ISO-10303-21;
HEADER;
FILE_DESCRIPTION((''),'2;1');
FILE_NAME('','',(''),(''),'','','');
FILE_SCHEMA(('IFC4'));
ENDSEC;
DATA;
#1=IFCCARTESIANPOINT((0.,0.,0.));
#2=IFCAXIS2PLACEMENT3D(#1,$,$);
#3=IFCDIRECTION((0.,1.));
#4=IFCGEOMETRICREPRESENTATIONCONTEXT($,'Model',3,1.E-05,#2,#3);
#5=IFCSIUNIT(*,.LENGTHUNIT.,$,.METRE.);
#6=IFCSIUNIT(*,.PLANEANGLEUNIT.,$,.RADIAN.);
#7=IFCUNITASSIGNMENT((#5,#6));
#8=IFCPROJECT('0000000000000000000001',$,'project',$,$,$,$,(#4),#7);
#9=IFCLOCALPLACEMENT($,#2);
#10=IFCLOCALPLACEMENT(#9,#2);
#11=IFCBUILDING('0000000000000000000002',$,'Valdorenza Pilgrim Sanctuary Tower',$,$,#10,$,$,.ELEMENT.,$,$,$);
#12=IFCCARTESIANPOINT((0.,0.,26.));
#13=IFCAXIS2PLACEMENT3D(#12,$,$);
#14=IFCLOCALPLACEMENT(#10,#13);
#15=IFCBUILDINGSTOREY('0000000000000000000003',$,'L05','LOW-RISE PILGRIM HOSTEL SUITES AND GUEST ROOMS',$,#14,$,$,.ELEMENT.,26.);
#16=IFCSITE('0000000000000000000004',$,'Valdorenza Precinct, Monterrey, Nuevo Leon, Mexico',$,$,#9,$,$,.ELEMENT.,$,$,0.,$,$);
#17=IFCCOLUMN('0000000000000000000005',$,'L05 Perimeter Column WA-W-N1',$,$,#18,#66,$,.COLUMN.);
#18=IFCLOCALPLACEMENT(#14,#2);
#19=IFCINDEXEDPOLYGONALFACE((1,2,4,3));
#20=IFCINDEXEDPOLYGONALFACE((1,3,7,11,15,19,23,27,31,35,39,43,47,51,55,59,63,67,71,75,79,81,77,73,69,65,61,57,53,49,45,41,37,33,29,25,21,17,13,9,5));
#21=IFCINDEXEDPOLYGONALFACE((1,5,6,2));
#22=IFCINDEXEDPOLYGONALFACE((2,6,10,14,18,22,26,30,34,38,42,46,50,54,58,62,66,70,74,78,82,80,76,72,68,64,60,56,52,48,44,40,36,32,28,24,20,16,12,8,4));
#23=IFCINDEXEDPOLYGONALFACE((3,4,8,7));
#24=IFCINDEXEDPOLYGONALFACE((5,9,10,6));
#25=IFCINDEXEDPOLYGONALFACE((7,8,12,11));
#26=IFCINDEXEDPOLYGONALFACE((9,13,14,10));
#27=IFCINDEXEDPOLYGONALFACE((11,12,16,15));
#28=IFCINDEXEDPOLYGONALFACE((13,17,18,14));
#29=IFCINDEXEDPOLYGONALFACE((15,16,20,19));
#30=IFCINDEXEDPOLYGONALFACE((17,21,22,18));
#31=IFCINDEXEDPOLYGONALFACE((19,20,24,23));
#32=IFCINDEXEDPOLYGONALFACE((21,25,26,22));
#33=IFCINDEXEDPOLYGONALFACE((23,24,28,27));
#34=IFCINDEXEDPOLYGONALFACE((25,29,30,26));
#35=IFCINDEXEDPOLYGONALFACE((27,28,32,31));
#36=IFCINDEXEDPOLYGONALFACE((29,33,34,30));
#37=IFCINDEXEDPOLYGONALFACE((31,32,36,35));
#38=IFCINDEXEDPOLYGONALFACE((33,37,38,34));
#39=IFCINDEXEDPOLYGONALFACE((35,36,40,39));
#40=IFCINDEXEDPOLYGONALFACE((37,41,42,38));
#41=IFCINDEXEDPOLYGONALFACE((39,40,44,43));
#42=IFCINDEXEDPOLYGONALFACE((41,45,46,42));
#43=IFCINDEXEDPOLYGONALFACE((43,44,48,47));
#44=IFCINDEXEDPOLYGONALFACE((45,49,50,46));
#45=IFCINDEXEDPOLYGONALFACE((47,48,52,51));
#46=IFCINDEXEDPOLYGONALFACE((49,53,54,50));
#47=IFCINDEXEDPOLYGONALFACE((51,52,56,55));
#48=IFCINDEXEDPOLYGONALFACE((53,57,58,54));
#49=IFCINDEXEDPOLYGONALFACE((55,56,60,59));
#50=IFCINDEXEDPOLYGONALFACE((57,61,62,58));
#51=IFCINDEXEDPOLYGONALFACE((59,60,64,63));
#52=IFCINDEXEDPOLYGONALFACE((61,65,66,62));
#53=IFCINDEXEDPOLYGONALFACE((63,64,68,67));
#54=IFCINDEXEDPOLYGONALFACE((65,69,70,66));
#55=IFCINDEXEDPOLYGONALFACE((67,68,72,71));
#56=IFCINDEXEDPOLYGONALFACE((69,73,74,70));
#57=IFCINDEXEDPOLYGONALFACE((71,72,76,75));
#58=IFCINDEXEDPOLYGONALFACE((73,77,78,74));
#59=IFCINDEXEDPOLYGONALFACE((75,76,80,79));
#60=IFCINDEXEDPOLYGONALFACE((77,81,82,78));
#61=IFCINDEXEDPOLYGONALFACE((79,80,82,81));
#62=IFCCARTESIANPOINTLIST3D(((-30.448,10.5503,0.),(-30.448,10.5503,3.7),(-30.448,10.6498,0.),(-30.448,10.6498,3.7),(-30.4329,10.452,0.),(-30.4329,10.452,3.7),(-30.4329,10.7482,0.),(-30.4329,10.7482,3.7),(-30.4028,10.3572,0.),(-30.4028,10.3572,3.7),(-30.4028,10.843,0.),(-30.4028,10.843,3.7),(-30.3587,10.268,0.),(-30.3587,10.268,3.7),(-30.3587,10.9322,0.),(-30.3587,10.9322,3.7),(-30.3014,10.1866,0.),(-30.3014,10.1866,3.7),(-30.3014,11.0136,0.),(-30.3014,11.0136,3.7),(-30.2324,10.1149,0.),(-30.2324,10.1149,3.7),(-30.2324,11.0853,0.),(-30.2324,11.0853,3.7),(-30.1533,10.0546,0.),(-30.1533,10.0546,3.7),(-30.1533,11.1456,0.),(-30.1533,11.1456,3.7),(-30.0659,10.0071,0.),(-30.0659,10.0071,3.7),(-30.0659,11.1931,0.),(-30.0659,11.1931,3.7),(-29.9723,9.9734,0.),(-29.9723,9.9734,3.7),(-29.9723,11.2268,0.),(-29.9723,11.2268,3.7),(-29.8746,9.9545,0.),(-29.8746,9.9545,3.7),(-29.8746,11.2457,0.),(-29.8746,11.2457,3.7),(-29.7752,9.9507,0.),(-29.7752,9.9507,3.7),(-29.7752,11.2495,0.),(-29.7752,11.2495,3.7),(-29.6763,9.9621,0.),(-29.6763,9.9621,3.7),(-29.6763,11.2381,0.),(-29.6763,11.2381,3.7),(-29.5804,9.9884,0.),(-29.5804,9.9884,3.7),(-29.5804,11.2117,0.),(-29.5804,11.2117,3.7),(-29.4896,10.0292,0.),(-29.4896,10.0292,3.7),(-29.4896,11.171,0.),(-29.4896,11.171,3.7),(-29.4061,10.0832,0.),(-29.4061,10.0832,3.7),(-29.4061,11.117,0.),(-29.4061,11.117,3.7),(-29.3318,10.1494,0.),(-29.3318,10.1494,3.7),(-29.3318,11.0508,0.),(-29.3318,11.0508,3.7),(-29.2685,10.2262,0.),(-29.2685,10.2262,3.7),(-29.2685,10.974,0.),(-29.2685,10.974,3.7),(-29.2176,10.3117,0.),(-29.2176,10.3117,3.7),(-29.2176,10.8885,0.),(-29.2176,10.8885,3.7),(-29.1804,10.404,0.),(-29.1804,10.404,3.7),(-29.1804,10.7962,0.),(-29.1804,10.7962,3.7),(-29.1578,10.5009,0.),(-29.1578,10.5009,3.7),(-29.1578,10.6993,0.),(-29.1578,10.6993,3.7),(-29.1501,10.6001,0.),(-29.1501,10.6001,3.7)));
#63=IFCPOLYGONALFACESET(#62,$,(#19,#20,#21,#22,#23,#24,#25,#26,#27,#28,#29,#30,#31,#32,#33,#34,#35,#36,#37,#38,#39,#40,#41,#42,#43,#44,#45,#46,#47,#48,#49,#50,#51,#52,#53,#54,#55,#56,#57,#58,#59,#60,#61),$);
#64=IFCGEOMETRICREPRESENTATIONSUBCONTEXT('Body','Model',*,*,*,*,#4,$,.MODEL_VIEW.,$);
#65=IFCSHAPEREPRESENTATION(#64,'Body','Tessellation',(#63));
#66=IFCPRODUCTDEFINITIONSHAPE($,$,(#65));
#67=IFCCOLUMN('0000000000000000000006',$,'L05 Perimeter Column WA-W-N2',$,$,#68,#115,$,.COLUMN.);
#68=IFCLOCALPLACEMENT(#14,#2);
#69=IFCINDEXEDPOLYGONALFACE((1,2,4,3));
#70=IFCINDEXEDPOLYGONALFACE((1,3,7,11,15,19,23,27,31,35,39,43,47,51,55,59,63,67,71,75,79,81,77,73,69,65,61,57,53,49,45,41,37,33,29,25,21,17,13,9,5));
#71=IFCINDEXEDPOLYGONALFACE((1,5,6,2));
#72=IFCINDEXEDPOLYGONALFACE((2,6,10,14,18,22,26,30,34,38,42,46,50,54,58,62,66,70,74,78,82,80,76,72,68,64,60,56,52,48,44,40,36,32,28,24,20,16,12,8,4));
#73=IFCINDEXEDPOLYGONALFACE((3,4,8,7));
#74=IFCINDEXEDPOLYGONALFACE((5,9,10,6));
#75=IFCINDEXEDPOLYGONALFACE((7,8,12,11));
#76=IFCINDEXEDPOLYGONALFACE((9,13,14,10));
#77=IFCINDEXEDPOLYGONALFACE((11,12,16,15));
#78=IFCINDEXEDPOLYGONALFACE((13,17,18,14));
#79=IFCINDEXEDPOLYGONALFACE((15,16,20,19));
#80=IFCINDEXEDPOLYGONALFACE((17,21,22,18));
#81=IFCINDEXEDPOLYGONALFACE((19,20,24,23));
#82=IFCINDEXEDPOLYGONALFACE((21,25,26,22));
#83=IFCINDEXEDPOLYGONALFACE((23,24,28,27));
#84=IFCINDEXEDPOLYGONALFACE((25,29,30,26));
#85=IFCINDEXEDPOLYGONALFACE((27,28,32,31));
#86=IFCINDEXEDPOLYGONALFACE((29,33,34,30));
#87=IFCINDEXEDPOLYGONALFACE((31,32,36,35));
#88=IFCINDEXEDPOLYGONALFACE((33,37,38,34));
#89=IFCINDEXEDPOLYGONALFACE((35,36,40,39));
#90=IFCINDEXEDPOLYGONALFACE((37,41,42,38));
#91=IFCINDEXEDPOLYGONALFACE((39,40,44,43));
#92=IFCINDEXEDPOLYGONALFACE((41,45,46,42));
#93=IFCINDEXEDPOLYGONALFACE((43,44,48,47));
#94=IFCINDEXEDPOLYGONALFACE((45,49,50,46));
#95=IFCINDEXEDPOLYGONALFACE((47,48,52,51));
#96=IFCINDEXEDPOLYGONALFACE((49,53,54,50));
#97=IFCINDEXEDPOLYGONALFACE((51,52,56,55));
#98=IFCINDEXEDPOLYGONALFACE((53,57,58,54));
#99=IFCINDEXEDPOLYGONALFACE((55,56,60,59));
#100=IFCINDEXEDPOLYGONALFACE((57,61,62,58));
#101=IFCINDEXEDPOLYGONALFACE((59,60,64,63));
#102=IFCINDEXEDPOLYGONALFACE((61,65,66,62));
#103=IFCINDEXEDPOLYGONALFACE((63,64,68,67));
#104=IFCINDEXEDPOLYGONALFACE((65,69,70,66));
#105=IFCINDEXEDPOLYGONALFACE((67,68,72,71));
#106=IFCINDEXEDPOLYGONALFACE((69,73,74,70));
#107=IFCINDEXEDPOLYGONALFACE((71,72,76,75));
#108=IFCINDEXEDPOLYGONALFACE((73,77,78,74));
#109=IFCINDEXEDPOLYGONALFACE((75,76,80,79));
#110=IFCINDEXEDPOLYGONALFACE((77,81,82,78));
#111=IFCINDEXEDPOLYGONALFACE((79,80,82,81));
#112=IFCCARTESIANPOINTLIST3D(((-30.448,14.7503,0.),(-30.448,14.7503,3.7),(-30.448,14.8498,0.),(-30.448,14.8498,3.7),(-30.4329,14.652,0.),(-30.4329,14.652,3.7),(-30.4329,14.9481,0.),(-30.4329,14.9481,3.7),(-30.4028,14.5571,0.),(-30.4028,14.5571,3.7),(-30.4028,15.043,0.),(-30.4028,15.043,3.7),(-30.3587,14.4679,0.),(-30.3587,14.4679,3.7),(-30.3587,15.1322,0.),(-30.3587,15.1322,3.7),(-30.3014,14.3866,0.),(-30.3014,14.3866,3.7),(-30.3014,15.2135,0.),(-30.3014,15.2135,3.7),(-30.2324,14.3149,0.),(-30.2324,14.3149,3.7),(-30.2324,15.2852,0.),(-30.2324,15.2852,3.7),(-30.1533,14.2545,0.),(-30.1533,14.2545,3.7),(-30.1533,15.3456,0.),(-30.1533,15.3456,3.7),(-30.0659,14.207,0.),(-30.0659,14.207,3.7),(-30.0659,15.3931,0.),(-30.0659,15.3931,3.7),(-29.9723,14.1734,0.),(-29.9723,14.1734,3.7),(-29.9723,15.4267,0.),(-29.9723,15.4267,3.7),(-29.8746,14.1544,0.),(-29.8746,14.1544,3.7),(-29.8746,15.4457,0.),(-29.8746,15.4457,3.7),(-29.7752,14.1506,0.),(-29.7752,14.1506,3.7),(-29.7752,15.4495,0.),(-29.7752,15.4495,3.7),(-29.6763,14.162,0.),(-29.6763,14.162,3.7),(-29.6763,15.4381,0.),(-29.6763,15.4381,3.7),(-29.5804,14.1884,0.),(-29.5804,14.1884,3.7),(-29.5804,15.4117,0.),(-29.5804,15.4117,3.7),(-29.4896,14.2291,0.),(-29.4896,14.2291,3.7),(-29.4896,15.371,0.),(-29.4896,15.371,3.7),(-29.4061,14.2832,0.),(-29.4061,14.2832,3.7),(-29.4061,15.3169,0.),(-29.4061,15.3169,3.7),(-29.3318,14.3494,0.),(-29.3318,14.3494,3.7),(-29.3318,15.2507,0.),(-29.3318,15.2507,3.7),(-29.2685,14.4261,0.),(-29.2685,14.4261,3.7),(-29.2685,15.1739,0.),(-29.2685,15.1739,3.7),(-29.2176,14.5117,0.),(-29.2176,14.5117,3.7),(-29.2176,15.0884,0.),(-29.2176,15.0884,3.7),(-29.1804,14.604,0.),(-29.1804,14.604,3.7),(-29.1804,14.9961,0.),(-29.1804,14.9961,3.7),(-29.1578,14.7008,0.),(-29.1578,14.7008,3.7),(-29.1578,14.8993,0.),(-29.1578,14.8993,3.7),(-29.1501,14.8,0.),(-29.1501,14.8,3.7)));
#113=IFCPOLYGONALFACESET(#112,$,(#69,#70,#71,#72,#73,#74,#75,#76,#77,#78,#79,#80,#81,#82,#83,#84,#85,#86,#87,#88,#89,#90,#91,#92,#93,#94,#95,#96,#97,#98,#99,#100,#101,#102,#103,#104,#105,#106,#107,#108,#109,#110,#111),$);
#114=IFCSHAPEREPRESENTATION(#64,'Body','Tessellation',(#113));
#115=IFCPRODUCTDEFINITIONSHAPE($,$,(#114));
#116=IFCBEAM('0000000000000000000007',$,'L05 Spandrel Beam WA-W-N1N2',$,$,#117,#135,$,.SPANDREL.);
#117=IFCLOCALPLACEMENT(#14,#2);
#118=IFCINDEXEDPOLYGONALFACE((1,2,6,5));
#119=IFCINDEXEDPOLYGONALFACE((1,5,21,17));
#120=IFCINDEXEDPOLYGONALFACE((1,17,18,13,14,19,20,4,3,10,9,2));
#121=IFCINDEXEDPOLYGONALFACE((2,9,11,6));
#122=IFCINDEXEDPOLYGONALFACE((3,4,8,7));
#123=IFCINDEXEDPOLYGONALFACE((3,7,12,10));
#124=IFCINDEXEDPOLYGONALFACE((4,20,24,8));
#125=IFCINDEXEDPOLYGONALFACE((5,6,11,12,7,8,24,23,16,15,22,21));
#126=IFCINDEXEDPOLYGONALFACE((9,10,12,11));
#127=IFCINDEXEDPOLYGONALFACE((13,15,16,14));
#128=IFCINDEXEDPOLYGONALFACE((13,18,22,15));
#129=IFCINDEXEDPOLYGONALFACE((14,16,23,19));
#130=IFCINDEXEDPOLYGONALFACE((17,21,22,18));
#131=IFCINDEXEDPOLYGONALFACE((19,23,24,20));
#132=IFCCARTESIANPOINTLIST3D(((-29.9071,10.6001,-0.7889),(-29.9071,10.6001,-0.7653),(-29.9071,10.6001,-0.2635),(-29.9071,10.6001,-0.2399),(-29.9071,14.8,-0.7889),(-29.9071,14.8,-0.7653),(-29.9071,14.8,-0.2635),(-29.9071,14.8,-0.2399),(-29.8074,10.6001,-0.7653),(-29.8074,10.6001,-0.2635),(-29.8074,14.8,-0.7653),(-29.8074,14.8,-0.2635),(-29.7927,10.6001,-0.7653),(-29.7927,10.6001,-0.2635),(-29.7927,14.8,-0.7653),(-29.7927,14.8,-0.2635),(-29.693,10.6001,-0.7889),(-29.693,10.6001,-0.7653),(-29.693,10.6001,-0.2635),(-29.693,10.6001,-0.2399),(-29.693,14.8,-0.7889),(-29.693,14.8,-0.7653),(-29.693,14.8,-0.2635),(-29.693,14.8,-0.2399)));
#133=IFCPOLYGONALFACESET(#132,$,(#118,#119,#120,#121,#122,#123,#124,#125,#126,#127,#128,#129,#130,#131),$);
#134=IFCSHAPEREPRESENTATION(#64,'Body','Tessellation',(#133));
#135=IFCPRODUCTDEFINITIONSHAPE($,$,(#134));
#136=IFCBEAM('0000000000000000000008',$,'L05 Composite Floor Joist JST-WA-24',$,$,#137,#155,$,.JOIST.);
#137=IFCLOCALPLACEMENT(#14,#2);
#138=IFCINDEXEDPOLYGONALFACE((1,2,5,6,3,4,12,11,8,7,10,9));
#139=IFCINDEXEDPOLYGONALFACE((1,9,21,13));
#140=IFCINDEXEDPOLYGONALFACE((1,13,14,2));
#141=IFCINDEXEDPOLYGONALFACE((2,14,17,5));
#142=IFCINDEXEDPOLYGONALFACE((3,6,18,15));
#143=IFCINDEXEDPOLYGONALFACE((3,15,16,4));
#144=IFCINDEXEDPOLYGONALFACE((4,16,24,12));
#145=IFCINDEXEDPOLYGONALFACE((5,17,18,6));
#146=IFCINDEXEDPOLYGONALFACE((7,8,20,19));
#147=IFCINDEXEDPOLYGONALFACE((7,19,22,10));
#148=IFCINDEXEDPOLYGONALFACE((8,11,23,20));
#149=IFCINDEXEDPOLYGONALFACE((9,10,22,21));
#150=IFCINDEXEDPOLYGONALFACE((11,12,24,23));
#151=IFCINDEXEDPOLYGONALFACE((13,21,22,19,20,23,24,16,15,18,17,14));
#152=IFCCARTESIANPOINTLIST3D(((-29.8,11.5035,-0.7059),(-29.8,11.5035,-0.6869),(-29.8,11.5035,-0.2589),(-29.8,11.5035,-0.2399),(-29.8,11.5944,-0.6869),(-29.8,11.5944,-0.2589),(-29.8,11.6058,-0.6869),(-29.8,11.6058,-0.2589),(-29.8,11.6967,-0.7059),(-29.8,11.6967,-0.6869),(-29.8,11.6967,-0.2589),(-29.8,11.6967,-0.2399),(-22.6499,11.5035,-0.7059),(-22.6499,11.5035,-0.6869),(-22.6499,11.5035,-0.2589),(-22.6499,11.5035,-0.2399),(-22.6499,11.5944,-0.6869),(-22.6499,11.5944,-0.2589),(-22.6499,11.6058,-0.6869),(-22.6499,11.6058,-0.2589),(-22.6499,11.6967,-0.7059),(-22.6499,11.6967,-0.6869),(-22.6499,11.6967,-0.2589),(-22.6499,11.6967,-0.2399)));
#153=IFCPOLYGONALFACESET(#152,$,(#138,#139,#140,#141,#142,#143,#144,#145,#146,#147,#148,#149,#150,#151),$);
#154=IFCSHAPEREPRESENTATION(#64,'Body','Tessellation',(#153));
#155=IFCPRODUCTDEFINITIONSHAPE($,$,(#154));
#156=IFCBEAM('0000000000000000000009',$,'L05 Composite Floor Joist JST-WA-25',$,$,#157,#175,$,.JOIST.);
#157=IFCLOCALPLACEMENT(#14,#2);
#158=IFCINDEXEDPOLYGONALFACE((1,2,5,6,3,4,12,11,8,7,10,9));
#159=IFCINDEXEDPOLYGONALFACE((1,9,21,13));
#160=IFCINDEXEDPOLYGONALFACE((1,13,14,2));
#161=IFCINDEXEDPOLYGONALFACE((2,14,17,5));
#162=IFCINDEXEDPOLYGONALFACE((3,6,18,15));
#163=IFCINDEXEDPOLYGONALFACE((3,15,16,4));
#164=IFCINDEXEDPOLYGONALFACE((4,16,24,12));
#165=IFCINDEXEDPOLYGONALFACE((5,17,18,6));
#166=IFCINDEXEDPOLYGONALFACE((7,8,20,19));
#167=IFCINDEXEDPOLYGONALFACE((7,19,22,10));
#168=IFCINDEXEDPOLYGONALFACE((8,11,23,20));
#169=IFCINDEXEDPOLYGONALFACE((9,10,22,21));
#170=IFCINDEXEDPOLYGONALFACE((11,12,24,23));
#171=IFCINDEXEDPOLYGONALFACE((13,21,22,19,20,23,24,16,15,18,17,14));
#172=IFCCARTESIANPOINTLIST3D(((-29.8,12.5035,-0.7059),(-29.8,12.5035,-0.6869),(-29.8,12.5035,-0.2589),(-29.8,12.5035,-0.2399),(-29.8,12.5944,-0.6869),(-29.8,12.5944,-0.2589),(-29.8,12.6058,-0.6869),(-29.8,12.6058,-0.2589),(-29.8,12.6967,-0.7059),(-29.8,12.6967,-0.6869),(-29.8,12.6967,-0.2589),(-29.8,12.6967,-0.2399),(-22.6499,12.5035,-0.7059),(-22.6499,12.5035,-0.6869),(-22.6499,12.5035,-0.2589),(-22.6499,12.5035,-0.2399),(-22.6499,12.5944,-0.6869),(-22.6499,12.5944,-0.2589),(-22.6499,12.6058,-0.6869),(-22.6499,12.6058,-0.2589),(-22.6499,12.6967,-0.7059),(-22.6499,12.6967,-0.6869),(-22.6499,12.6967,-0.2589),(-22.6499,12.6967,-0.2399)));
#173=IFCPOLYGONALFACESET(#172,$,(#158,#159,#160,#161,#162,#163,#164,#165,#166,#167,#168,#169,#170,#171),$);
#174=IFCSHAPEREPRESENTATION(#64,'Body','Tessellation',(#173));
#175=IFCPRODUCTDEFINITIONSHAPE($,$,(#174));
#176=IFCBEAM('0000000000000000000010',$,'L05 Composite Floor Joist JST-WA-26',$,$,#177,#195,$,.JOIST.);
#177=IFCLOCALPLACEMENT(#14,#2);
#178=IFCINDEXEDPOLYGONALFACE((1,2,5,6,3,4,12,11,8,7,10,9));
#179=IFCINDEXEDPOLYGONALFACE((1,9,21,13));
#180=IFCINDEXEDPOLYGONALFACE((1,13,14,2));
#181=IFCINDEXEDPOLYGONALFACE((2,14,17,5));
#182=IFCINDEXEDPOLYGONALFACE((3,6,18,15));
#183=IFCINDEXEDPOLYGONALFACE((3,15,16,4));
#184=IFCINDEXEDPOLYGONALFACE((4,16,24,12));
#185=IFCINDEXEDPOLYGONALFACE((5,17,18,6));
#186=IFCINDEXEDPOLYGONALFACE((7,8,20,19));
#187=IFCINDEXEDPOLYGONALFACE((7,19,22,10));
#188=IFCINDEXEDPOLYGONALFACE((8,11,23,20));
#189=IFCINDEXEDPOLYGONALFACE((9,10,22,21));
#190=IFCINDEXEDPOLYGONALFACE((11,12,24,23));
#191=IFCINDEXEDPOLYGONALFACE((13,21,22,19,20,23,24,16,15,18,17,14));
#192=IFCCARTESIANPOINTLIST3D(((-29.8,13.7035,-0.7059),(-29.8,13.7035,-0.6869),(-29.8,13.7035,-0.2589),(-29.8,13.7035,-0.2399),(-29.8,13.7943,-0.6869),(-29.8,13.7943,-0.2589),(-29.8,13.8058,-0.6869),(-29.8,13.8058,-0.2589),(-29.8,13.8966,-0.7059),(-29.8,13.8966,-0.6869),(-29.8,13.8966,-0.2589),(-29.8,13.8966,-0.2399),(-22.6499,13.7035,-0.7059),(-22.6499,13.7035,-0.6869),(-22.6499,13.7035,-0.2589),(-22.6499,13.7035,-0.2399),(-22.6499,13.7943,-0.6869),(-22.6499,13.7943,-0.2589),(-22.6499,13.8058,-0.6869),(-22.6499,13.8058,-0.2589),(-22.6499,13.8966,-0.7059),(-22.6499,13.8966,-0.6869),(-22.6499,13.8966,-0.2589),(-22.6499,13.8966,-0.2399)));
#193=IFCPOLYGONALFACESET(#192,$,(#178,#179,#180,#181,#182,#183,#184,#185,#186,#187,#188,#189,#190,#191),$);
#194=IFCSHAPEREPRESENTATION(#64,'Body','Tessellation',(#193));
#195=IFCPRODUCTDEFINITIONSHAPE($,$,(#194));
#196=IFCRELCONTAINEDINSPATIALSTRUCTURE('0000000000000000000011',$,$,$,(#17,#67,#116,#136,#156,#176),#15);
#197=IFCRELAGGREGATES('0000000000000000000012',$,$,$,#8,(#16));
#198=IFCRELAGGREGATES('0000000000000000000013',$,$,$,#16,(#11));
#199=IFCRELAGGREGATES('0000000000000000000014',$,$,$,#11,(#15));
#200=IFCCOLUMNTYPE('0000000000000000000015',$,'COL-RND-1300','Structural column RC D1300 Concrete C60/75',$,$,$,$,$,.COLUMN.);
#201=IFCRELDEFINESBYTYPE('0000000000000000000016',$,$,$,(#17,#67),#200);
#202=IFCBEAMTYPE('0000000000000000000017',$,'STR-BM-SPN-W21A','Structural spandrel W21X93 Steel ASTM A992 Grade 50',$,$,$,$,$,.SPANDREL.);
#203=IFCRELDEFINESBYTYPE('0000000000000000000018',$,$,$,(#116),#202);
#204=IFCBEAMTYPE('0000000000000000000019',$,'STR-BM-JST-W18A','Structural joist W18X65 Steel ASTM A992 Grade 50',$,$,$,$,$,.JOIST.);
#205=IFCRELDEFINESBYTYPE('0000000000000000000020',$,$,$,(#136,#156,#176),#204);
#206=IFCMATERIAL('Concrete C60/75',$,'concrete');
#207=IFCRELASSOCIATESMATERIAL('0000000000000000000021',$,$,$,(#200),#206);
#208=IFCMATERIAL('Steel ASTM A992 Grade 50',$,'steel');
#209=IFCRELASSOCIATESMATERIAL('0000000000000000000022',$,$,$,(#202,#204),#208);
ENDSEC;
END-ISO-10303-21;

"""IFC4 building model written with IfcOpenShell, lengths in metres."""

from ifc_helpers import new_model, si_unit, direction, frame, origin, origin_2d, place, context, subcontext, project, spatial, circle, i_section, extrude, source, transform, mapped, material, material_profile, profile_set, type_object, element, save


model = new_model("IFC4")

# Units and contexts
model_context = context("Model", 3, precision=1e-05, world=origin(), true_north=direction((0.0, 1.0)))
body_context = subcontext(model_context, "Body", "Model", "MODEL_VIEW")
ifc_project = project(units=[si_unit("LENGTHUNIT", "METRE"), si_unit("PLANEANGLEUNIT", "RADIAN")], contexts=[model_context])

# Site, building, storey
site_placement = place(None, origin())
site = spatial("IfcSite", under=ifc_project, at=site_placement, Name="Valdorenza Precinct, Monterrey, Nuevo Leon, Mexico", CompositionType="ELEMENT", RefElevation=0.0)
building_placement = place(site_placement, origin())
building = spatial("IfcBuilding", under=site, at=building_placement, Name="Valdorenza Pilgrim Sanctuary Tower", CompositionType="ELEMENT")
storey_placement = place(building_placement, frame((0.0, 0.0, 26.0)))
storey = spatial("IfcBuildingStorey", under=building, at=storey_placement, Name="L05", Description="LOW-RISE PILGRIM HOSTEL SUITES AND GUEST ROOMS", CompositionType="ELEMENT", Elevation=26.0)

# Columns
ifc_material_1 = material(Name="Concrete C60/75", Category="concrete")
ifc_material_profile_1 = material_profile(ifc_material_1, circle(Radius=0.6499, at=origin_2d()), Name="RC D1300")
ifc_profile_set_1 = profile_set([ifc_material_profile_1], Name="Concrete C60/75")
column_type = type_object("IfcColumnType", Name="COL-RND-1300", Description="Structural column RC D1300 Concrete C60/75", PredefinedType="COLUMN", material=ifc_profile_set_1)
shared_shape_1 = source(origin(), body_context, "Body", "SweptSolid", [
    extrude(circle(Radius=0.6499, at=origin_2d()), origin(), (0.0, 0.0, 1.0), 3.7),
])
for number, where, z_axis, x_axis, name in (
    (1, (-29.8, 10.6001, 0.0), (0.0, 0.0, 1.0), (1.0, 0.0, 0.0), "L05 Perimeter Column WA-W-N1"),
    (2, (-29.8, 14.8, 0.0), (0.0, 0.0, 1.0), (1.0, 0.0, 0.0), "L05 Perimeter Column WA-W-N2"),
):
    element("IfcColumn", number, at=place(storey_placement, frame(where, z_axis=z_axis, x_axis=x_axis)), inside=storey, type_object=column_type, Name=name, PredefinedType="COLUMN", context=body_context, shape_type="MappedRepresentation", body=[
        mapped(shared_shape_1, transform((0.0, 0.0, 0.0), x_axis=(1.0, 0.0, 0.0), y_axis=(0.0, 1.0, 0.0), z_axis=(0.0, 0.0, 1.0), scale=1.0)),
    ])

# Beams
ifc_material_2 = material(Name="Steel ASTM A992 Grade 50", Category="steel")
ifc_material_profile_2 = material_profile(ifc_material_2, i_section(OverallWidth=0.2141, OverallDepth=0.5491, WebThickness=0.0146, FlangeThickness=0.0237, at=origin_2d()), Name="W21X93")
ifc_profile_set_2 = profile_set([ifc_material_profile_2], Name="Steel ASTM A992 Grade 50")
beam_type_1 = type_object("IfcBeamType", Name="STR-BM-SPN-W21A", Description="Structural spandrel W21X93 Steel ASTM A992 Grade 50", PredefinedType="SPANDREL", material=ifc_profile_set_2)
shared_shape_2 = source(origin(), body_context, "Body", "SweptSolid", [
    extrude(i_section(OverallWidth=0.2141, OverallDepth=0.5491, WebThickness=0.0146, FlangeThickness=0.0237, at=origin_2d()), origin(), (0.0, 0.0, 1.0), 4.2),
])
beam_1_placement = place(storey_placement, frame((-29.8, 10.6001, -0.5144), z_axis=(0.0, 1.0, 0.0), x_axis=(-1.0, 0.0, 0.0)))
element("IfcBeam", 3, at=beam_1_placement, inside=storey, type_object=beam_type_1, Name="L05 Spandrel Beam WA-W-N1N2", PredefinedType="SPANDREL", context=body_context, shape_type="MappedRepresentation", body=[
    mapped(shared_shape_2, transform((0.0, 0.0, 0.0), x_axis=(1.0, 0.0, 0.0), y_axis=(0.0, 1.0, 0.0), z_axis=(0.0, 0.0, 1.0), scale=1.0)),
])
ifc_material_profile_3 = material_profile(ifc_material_2, i_section(OverallWidth=0.1931, OverallDepth=0.4661, WebThickness=0.0115, FlangeThickness=0.019, at=origin_2d()), Name="W18X65")
ifc_profile_set_3 = profile_set([ifc_material_profile_3], Name="Steel ASTM A992 Grade 50")
beam_type_2 = type_object("IfcBeamType", Name="STR-BM-JST-W18A", Description="Structural joist W18X65 Steel ASTM A992 Grade 50", PredefinedType="JOIST", material=ifc_profile_set_3)
shared_shape_3 = source(origin(), body_context, "Body", "SweptSolid", [
    extrude(i_section(OverallWidth=0.1931, OverallDepth=0.4661, WebThickness=0.0115, FlangeThickness=0.019, at=origin_2d()), origin(), (0.0, 0.0, 1.0), 7.1501),
])
for number, where, z_axis, x_axis, name in (
    (4, (-29.8, 11.6001, -0.4729), (1.0, 0.0, 0.0), (0.0, 1.0, 0.0), "L05 Composite Floor Joist JST-WA-24"),
    (5, (-29.8, 12.6001, -0.4729), (1.0, 0.0, 0.0), (0.0, 1.0, 0.0), "L05 Composite Floor Joist JST-WA-25"),
    (6, (-29.8, 13.8, -0.4729), (1.0, 0.0, 0.0), (0.0, 1.0, 0.0), "L05 Composite Floor Joist JST-WA-26"),
):
    element("IfcBeam", number, at=place(storey_placement, frame(where, z_axis=z_axis, x_axis=x_axis)), inside=storey, type_object=beam_type_2, Name=name, PredefinedType="JOIST", context=body_context, shape_type="MappedRepresentation", body=[
        mapped(shared_shape_3, transform((0.0, 0.0, 0.0), x_axis=(1.0, 0.0, 0.0), y_axis=(0.0, 1.0, 0.0), z_axis=(0.0, 0.0, 1.0), scale=1.0)),
    ])

save(model, "model.ifc")
